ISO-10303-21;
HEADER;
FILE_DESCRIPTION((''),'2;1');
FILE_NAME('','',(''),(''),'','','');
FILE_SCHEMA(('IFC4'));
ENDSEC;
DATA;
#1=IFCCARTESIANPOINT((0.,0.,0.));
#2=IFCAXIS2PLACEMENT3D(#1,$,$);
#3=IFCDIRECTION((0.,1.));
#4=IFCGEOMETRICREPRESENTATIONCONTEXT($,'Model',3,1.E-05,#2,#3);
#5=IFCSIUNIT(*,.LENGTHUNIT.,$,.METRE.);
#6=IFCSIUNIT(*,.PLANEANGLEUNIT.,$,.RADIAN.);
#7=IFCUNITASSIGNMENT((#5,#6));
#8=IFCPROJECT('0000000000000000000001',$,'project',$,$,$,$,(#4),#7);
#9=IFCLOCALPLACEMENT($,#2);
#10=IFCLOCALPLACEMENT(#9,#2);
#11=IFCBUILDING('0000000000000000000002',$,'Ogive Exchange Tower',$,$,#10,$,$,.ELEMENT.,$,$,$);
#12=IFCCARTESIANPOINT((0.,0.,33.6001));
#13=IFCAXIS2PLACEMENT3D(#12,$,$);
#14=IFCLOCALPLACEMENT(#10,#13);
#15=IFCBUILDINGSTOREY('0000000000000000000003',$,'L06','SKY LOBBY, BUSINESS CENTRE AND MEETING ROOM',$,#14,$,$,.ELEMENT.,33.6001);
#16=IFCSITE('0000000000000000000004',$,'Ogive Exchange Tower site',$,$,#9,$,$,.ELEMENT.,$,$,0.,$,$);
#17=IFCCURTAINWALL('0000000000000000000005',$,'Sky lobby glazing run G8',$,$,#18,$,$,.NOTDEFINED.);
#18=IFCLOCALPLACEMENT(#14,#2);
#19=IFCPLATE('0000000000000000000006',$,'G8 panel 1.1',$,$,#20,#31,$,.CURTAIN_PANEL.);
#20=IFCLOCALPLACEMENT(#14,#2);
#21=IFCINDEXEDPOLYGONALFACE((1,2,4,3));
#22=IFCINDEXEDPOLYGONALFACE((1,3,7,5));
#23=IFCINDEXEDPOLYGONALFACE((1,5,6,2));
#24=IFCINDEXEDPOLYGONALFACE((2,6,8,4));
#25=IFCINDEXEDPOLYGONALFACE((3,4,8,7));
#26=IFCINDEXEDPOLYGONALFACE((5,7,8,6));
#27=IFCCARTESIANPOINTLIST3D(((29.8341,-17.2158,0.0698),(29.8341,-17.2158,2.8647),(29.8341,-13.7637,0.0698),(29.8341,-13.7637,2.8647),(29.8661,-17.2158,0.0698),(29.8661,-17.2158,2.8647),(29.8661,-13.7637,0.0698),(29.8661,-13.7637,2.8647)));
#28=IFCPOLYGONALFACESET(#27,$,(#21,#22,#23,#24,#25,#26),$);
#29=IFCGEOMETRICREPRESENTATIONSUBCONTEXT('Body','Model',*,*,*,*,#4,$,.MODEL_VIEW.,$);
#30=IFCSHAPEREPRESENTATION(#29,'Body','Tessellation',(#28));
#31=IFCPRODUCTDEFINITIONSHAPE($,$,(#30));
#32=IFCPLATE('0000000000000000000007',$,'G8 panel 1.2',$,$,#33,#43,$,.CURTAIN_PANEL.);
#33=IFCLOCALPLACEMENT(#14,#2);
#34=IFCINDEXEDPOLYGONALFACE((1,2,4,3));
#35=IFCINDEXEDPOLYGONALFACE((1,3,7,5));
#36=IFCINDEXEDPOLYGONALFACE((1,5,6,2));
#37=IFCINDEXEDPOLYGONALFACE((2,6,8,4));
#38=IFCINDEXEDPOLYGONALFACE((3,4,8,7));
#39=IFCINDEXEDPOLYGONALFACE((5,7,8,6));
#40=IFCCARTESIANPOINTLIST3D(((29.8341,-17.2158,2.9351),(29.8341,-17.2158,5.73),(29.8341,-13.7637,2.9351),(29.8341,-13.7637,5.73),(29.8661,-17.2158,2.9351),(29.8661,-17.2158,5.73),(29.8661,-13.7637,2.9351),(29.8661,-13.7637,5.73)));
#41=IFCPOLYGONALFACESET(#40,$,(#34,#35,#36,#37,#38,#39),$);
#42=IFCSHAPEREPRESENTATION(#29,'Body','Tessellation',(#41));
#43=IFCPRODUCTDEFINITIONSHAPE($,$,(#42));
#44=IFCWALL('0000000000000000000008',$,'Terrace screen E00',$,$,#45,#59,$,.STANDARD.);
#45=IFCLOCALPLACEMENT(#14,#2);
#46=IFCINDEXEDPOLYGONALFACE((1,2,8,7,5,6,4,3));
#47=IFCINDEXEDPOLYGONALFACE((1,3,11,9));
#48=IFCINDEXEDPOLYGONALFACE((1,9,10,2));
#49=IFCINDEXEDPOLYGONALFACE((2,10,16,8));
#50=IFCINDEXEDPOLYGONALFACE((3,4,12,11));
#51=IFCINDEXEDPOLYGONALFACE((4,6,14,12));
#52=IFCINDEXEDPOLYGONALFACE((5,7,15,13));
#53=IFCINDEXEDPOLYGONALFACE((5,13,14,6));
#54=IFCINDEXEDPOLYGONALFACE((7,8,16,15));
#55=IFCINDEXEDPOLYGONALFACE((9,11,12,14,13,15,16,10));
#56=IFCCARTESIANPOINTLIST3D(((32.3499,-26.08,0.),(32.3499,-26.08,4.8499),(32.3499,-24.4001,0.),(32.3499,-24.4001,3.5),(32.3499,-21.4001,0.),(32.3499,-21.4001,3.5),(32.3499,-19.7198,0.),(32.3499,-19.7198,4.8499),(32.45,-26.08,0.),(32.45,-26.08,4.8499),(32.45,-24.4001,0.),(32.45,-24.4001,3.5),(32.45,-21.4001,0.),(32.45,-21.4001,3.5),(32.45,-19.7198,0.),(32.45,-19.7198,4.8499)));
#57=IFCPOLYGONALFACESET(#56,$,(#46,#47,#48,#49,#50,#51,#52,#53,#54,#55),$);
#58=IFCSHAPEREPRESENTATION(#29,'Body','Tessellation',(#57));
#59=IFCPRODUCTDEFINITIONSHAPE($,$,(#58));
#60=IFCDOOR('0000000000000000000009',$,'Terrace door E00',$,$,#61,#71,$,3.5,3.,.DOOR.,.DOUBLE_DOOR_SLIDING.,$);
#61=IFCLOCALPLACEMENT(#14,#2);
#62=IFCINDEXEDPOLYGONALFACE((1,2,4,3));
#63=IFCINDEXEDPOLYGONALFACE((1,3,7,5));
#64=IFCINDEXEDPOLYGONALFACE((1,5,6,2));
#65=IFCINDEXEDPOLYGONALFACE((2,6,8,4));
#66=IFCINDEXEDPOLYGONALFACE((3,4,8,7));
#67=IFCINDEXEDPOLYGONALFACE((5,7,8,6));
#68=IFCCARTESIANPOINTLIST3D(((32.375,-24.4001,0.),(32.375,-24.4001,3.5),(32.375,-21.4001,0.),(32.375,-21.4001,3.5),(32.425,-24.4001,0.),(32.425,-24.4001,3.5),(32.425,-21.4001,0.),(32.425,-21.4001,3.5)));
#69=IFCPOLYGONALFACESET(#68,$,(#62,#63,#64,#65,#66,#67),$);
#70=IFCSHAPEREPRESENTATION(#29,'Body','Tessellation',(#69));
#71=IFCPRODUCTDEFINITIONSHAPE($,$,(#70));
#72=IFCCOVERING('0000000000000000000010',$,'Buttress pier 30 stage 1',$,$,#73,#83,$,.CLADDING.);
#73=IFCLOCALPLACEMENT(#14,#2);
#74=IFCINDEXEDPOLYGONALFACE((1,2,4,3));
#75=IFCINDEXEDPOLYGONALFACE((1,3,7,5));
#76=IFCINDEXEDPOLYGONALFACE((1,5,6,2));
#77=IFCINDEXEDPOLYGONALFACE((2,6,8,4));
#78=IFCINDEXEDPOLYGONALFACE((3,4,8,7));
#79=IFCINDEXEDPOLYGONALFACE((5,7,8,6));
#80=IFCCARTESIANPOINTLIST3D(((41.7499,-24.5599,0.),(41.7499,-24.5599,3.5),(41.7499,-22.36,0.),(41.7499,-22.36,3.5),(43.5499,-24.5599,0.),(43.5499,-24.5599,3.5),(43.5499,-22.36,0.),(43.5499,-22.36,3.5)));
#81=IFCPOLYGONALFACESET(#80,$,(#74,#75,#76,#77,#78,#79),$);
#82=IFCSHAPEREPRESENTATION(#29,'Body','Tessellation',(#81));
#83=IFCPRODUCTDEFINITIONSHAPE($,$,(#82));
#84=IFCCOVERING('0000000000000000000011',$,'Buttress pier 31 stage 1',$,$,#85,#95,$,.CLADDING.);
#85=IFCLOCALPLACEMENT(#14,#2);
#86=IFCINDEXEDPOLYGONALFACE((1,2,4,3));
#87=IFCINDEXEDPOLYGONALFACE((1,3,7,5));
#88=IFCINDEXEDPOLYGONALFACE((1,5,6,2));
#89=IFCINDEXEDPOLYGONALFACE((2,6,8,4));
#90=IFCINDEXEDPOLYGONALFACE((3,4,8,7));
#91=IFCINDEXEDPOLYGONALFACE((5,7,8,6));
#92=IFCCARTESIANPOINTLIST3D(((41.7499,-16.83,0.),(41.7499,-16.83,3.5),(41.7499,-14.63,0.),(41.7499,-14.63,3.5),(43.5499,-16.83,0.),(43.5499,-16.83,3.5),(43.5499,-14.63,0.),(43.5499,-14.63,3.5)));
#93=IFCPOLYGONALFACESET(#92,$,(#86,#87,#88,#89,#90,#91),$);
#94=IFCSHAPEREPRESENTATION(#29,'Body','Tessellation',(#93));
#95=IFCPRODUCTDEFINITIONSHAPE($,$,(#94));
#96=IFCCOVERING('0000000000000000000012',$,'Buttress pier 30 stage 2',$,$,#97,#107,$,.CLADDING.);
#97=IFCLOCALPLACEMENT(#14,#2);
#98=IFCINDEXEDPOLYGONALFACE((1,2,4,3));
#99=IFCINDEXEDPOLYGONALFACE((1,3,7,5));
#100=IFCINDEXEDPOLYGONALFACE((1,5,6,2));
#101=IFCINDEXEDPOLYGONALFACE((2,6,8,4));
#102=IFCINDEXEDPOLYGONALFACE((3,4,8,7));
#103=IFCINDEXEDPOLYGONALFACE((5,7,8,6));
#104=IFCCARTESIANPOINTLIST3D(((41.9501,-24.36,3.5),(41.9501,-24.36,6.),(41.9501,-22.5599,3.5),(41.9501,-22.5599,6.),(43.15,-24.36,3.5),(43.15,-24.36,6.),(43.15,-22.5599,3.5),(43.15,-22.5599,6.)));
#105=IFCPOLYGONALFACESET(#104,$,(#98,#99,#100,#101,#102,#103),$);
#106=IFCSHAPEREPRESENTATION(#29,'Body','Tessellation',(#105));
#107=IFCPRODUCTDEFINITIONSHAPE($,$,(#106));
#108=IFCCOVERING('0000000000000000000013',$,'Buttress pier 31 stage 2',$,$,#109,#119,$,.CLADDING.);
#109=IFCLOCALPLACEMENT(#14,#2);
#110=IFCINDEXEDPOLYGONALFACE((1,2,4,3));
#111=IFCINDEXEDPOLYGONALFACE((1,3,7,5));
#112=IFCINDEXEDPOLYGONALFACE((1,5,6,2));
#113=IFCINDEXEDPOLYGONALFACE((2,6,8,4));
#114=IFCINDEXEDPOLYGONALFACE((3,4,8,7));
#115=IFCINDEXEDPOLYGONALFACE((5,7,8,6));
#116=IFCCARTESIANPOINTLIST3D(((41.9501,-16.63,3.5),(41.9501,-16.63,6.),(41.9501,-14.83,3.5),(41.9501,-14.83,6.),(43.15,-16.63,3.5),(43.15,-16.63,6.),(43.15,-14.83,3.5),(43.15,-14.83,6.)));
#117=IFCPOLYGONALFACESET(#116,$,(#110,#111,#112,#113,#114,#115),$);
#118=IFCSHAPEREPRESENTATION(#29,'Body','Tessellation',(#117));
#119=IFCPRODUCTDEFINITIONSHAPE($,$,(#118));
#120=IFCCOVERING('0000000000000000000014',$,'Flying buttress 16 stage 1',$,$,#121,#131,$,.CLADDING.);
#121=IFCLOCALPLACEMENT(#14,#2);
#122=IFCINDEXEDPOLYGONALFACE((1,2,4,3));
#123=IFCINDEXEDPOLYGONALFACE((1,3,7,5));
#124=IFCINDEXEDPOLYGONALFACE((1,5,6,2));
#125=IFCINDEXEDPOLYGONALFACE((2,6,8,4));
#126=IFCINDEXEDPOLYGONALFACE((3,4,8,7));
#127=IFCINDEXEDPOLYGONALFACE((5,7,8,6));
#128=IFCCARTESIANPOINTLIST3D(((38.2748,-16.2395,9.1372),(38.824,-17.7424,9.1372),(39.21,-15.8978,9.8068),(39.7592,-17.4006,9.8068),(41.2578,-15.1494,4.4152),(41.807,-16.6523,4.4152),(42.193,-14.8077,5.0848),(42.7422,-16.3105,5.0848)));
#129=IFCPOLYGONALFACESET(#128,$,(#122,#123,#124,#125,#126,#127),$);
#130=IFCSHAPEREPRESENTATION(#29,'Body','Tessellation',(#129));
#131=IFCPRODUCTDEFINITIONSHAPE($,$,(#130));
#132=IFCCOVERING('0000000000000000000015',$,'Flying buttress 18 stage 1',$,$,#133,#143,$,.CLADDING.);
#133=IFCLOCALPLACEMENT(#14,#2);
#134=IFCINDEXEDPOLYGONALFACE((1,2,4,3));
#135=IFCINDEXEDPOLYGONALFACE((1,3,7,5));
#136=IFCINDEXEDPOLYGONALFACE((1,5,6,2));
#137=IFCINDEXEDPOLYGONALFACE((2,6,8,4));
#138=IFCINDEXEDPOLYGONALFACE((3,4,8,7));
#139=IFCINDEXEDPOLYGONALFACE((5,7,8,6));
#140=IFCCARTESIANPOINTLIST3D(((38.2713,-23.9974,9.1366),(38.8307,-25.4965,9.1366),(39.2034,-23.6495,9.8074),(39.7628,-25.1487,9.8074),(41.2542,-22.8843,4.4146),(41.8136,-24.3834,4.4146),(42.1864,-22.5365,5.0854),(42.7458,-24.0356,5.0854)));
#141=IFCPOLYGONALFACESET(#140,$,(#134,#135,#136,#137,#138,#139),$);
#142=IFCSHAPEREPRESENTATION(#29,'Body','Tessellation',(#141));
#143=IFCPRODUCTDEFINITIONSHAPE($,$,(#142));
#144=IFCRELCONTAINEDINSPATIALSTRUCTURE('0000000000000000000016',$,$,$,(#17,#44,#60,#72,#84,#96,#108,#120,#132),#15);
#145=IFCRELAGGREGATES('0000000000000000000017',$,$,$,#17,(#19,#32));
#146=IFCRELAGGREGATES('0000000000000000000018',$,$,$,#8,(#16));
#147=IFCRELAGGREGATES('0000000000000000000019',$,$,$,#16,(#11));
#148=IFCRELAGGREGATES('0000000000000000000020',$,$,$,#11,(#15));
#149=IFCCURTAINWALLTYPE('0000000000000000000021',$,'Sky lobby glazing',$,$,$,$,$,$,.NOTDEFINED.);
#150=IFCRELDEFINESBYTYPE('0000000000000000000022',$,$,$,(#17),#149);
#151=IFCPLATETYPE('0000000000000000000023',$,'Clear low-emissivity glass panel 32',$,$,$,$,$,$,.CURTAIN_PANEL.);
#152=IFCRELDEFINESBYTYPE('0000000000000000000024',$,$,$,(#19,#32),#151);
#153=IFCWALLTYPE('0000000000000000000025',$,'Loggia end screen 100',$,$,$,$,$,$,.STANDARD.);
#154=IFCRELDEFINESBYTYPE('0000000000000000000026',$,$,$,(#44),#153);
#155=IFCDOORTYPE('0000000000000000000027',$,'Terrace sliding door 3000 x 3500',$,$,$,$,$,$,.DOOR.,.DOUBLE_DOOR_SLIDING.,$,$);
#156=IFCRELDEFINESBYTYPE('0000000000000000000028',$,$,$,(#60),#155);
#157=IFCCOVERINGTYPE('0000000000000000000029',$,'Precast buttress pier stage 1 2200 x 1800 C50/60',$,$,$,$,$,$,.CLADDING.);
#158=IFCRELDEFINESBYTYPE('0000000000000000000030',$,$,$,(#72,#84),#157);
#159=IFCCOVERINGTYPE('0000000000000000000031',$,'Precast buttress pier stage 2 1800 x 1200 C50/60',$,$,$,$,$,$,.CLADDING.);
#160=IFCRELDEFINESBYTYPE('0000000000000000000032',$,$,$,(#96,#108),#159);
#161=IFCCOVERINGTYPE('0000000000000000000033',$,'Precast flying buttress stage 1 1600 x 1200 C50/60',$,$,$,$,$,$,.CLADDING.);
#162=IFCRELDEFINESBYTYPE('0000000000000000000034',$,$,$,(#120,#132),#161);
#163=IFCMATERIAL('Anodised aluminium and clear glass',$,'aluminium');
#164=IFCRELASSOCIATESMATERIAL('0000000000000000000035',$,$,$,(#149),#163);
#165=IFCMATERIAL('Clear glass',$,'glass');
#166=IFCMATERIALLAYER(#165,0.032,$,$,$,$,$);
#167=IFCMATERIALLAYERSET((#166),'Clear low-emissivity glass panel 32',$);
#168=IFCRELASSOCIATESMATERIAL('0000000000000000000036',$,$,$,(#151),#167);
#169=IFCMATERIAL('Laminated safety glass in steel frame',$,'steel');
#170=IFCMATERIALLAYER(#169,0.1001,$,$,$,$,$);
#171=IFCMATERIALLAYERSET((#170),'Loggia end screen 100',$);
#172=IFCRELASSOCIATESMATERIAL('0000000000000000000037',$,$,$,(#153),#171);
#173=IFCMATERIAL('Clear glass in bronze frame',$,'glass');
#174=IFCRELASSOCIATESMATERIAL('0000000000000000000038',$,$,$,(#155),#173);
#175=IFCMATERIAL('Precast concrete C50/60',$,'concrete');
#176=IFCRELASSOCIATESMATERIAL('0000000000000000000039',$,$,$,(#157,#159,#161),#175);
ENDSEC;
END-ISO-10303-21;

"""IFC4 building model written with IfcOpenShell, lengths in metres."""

from ifc_helpers import new_model, si_unit, direction, frame, frame_2d, origin, origin_2d, place, context, subcontext, project, spatial, rectangle, extrude, material, layer, layer_set, material_profile, profile_set, type_object, element, fill, aggregate, save


model = new_model("IFC4")

# Units and contexts
model_context = context("Model", 3, precision=1e-05, world=origin(), true_north=direction((0.0, 1.0)))
body_context = subcontext(model_context, "Body", "Model", "MODEL_VIEW")
ifc_project = project(units=[si_unit("LENGTHUNIT", "METRE"), si_unit("PLANEANGLEUNIT", "RADIAN")], contexts=[model_context])

# Site, building, storey
site_placement = place(None, origin())
site = spatial("IfcSite", under=ifc_project, at=site_placement, Name="Ogive Exchange Tower site", CompositionType="ELEMENT", RefElevation=0.0)
building_placement = place(site_placement, origin())
building = spatial("IfcBuilding", under=site, at=building_placement, Name="Ogive Exchange Tower", CompositionType="ELEMENT")
storey_placement = place(building_placement, frame((0.0, 0.0, 33.6001)))
storey = spatial("IfcBuildingStorey", under=building, at=storey_placement, Name="L06", Description="SKY LOBBY, BUSINESS CENTRE AND MEETING ROOM", CompositionType="ELEMENT", Elevation=33.6001)

# Shared definitions
ifc_material_1 = material(Name="Anodised aluminium and clear glass", Category="aluminium")
curtain_wall_type = type_object("IfcCurtainWallType", Name="Sky lobby glazing", PredefinedType="NOTDEFINED", material=ifc_material_1)

# Curtain wall
curtain_wall_1_placement = place(storey_placement, origin())
curtain_wall_1 = element("IfcCurtainWall", 1, at=curtain_wall_1_placement, inside=storey, type_object=curtain_wall_type, Name="Sky lobby glazing run G8", PredefinedType="NOTDEFINED")

# Plates
ifc_material_2 = material(Name="Clear glass", Category="glass")
ifc_layer_1 = layer(ifc_material_2, 0.032)
ifc_layer_set_1 = layer_set([ifc_layer_1], Name="Clear low-emissivity glass panel 32")
plate_type = type_object("IfcPlateType", Name="Clear low-emissivity glass panel 32", PredefinedType="CURTAIN_PANEL", material=ifc_layer_set_1)
plate_1_placement = place(storey_placement, frame((29.8501, -15.4897, 0.0698), z_axis=(0.0, 0.0, 1.0), x_axis=(0.0, 1.0, 0.0)))
plate_1 = element("IfcPlate", 2, at=plate_1_placement, type_object=plate_type, Name="G8 panel 1.1", PredefinedType="CURTAIN_PANEL", context=body_context, shape_type="SweptSolid", body=[
    extrude(rectangle(XDim=3.4521, YDim=0.032, at=origin_2d()), origin(), (0.0, 0.0, 1.0), 2.7949),
])
plate_2_placement = place(storey_placement, frame((29.8501, -15.4897, 2.9351), z_axis=(0.0, 0.0, 1.0), x_axis=(0.0, 1.0, 0.0)))
plate_2 = element("IfcPlate", 3, at=plate_2_placement, type_object=plate_type, Name="G8 panel 1.2", PredefinedType="CURTAIN_PANEL", context=body_context, shape_type="SweptSolid", body=[
    extrude(rectangle(XDim=3.4521, YDim=0.032, at=origin_2d()), origin(), (0.0, 0.0, 1.0), 2.7949),
])
aggregate(curtain_wall_1, [plate_1, plate_2])

# Wall, opening, door
ifc_material_3 = material(Name="Laminated safety glass in steel frame", Category="steel")
ifc_layer_2 = layer(ifc_material_3, 0.1001)
ifc_layer_set_2 = layer_set([ifc_layer_2], Name="Loggia end screen 100")
wall_type = type_object("IfcWallType", Name="Loggia end screen 100", PredefinedType="STANDARD", material=ifc_layer_set_2)
wall_placement = place(storey_placement, frame((32.3999, -26.0801, 0.0), z_axis=(0.0, 0.0, 1.0), x_axis=(0.0, 1.0, 0.0)))
wall = element("IfcWall", 4, at=wall_placement, inside=storey, type_object=wall_type, Name="Terrace screen E00", PredefinedType="STANDARD", context=body_context, shape_type="SweptSolid", body=[
    extrude(rectangle(XDim=6.3601, YDim=0.1001, at=frame_2d((3.1802, 0.0))), origin(), (0.0, 0.0, 1.0), 4.8499),
])
opening_placement = place(wall_placement, frame((1.6799, 0.0, 0.0)))
opening = element("IfcOpeningElement", 5, at=opening_placement, cuts=wall, PredefinedType="OPENING", context=body_context, shape_type="SweptSolid", body=[
    extrude(rectangle(XDim=3.0, YDim=3.5, at=frame_2d((1.5, 1.75))), frame((0.0, 0.0601, 0.0), z_axis=(0.0, -1.0, 0.0), x_axis=(1.0, 0.0, 0.0)), (0.0, 0.0, 1.0), 0.1201),
])
ifc_material_4 = material(Name="Clear glass in bronze frame", Category="glass")
door_type = type_object("IfcDoorType", Name="Terrace sliding door 3000 x 3500", OperationType="DOUBLE_DOOR_SLIDING", PredefinedType="DOOR", material=ifc_material_4)
door_placement = place(opening_placement, origin())
door = element("IfcDoor", 6, at=door_placement, inside=storey, type_object=door_type, Name="Terrace door E00", OperationType="DOUBLE_DOOR_SLIDING", OverallHeight=3.5, OverallWidth=3.0, PredefinedType="DOOR", context=body_context, shape_type="SweptSolid", body=[
    extrude(rectangle(XDim=3.0, YDim=3.5, at=frame_2d((1.5, 1.75))), frame((0.0, 0.0249, 0.0), z_axis=(0.0, -1.0, 0.0), x_axis=(1.0, 0.0, 0.0)), (0.0, 0.0, 1.0), 0.05),
])
fill(opening, door)

# Coverings
ifc_material_5 = material(Name="Precast concrete C50/60", Category="concrete")
ifc_material_profile_1 = material_profile(ifc_material_5, rectangle(XDim=2.2, YDim=1.8, at=origin_2d()), Name="BUTTRESS PIER 1 2200 x 1800")
ifc_profile_set_1 = profile_set([ifc_material_profile_1], Name="Precast concrete C50/60")
covering_type_1 = type_object("IfcCoveringType", Name="Precast buttress pier stage 1 2200 x 1800 C50/60", PredefinedType="CLADDING", material=ifc_profile_set_1)
for number, where, z_axis, x_axis, name in (
    (7, (42.6499, -23.46, 0.0), (0.0, 0.0, 1.0), (0.0, 1.0, 0.0), "Buttress pier 30 stage 1"),
    (8, (42.6499, -15.73, 0.0), (0.0, 0.0, 1.0), (0.0, 1.0, 0.0), "Buttress pier 31 stage 1"),
):
    element("IfcCovering", number, at=place(storey_placement, frame(where, z_axis=z_axis, x_axis=x_axis)), inside=storey, type_object=covering_type_1, Name=name, PredefinedType="CLADDING", context=body_context, shape_type="SweptSolid", body=[
        extrude(rectangle(XDim=2.2, YDim=1.8, at=origin_2d()), origin(), (0.0, 0.0, 1.0), 3.5),
    ])
ifc_material_profile_2 = material_profile(ifc_material_5, rectangle(XDim=1.8, YDim=1.2, at=origin_2d()), Name="BUTTRESS PIER 2 1800 x 1200")
ifc_profile_set_2 = profile_set([ifc_material_profile_2], Name="Precast concrete C50/60")
covering_type_2 = type_object("IfcCoveringType", Name="Precast buttress pier stage 2 1800 x 1200 C50/60", PredefinedType="CLADDING", material=ifc_profile_set_2)
for number, where, z_axis, x_axis, name in (
    (9, (42.55, -23.46, 3.5), (0.0, 0.0, 1.0), (0.0, 1.0, 0.0), "Buttress pier 30 stage 2"),
    (10, (42.55, -15.73, 3.5), (0.0, 0.0, 1.0), (0.0, 1.0, 0.0), "Buttress pier 31 stage 2"),
):
    element("IfcCovering", number, at=place(storey_placement, frame(where, z_axis=z_axis, x_axis=x_axis)), inside=storey, type_object=covering_type_2, Name=name, PredefinedType="CLADDING", context=body_context, shape_type="SweptSolid", body=[
        extrude(rectangle(XDim=1.8, YDim=1.2, at=origin_2d()), origin(), (0.0, 0.0, 1.0), 2.5),
    ])
ifc_material_profile_3 = material_profile(ifc_material_5, rectangle(XDim=1.6001, YDim=1.2, at=origin_2d()), Name="FLYING BUTTRESS 1 1600 x 1200")
ifc_profile_set_3 = profile_set([ifc_material_profile_3], Name="Precast concrete C50/60")
covering_type_3 = type_object("IfcCoveringType", Name="Precast flying buttress stage 1 1600 x 1200 C50/60", PredefinedType="CLADDING", material=ifc_profile_set_3)
covering_1_placement = place(storey_placement, frame((42.0, -15.73, 4.75), z_axis=(-0.524185, -0.19156, 0.82978), x_axis=(0.343243, -0.939247, 0.0)))
element("IfcCovering", 11, at=covering_1_placement, inside=storey, type_object=covering_type_3, Name="Flying buttress 16 stage 1", PredefinedType="CLADDING", context=body_context, shape_type="SweptSolid", body=[
    extrude(rectangle(XDim=1.6001, YDim=1.2, at=origin_2d()), origin(), (0.0, 0.0, 1.0), 5.6907),
])
covering_2_placement = place(storey_placement, frame((42.0, -23.46, 4.75), z_axis=(-0.523776, -0.195441, 0.829133), x_axis=(0.349594, -0.936901, 0.0)))
element("IfcCovering", 12, at=covering_2_placement, inside=storey, type_object=covering_type_3, Name="Flying buttress 18 stage 1", PredefinedType="CLADDING", context=body_context, shape_type="SweptSolid", body=[
    extrude(rectangle(XDim=1.6001, YDim=1.2, at=origin_2d()), origin(), (0.0, 0.0, 1.0), 5.6951),
])

save(model, "model.ifc")
